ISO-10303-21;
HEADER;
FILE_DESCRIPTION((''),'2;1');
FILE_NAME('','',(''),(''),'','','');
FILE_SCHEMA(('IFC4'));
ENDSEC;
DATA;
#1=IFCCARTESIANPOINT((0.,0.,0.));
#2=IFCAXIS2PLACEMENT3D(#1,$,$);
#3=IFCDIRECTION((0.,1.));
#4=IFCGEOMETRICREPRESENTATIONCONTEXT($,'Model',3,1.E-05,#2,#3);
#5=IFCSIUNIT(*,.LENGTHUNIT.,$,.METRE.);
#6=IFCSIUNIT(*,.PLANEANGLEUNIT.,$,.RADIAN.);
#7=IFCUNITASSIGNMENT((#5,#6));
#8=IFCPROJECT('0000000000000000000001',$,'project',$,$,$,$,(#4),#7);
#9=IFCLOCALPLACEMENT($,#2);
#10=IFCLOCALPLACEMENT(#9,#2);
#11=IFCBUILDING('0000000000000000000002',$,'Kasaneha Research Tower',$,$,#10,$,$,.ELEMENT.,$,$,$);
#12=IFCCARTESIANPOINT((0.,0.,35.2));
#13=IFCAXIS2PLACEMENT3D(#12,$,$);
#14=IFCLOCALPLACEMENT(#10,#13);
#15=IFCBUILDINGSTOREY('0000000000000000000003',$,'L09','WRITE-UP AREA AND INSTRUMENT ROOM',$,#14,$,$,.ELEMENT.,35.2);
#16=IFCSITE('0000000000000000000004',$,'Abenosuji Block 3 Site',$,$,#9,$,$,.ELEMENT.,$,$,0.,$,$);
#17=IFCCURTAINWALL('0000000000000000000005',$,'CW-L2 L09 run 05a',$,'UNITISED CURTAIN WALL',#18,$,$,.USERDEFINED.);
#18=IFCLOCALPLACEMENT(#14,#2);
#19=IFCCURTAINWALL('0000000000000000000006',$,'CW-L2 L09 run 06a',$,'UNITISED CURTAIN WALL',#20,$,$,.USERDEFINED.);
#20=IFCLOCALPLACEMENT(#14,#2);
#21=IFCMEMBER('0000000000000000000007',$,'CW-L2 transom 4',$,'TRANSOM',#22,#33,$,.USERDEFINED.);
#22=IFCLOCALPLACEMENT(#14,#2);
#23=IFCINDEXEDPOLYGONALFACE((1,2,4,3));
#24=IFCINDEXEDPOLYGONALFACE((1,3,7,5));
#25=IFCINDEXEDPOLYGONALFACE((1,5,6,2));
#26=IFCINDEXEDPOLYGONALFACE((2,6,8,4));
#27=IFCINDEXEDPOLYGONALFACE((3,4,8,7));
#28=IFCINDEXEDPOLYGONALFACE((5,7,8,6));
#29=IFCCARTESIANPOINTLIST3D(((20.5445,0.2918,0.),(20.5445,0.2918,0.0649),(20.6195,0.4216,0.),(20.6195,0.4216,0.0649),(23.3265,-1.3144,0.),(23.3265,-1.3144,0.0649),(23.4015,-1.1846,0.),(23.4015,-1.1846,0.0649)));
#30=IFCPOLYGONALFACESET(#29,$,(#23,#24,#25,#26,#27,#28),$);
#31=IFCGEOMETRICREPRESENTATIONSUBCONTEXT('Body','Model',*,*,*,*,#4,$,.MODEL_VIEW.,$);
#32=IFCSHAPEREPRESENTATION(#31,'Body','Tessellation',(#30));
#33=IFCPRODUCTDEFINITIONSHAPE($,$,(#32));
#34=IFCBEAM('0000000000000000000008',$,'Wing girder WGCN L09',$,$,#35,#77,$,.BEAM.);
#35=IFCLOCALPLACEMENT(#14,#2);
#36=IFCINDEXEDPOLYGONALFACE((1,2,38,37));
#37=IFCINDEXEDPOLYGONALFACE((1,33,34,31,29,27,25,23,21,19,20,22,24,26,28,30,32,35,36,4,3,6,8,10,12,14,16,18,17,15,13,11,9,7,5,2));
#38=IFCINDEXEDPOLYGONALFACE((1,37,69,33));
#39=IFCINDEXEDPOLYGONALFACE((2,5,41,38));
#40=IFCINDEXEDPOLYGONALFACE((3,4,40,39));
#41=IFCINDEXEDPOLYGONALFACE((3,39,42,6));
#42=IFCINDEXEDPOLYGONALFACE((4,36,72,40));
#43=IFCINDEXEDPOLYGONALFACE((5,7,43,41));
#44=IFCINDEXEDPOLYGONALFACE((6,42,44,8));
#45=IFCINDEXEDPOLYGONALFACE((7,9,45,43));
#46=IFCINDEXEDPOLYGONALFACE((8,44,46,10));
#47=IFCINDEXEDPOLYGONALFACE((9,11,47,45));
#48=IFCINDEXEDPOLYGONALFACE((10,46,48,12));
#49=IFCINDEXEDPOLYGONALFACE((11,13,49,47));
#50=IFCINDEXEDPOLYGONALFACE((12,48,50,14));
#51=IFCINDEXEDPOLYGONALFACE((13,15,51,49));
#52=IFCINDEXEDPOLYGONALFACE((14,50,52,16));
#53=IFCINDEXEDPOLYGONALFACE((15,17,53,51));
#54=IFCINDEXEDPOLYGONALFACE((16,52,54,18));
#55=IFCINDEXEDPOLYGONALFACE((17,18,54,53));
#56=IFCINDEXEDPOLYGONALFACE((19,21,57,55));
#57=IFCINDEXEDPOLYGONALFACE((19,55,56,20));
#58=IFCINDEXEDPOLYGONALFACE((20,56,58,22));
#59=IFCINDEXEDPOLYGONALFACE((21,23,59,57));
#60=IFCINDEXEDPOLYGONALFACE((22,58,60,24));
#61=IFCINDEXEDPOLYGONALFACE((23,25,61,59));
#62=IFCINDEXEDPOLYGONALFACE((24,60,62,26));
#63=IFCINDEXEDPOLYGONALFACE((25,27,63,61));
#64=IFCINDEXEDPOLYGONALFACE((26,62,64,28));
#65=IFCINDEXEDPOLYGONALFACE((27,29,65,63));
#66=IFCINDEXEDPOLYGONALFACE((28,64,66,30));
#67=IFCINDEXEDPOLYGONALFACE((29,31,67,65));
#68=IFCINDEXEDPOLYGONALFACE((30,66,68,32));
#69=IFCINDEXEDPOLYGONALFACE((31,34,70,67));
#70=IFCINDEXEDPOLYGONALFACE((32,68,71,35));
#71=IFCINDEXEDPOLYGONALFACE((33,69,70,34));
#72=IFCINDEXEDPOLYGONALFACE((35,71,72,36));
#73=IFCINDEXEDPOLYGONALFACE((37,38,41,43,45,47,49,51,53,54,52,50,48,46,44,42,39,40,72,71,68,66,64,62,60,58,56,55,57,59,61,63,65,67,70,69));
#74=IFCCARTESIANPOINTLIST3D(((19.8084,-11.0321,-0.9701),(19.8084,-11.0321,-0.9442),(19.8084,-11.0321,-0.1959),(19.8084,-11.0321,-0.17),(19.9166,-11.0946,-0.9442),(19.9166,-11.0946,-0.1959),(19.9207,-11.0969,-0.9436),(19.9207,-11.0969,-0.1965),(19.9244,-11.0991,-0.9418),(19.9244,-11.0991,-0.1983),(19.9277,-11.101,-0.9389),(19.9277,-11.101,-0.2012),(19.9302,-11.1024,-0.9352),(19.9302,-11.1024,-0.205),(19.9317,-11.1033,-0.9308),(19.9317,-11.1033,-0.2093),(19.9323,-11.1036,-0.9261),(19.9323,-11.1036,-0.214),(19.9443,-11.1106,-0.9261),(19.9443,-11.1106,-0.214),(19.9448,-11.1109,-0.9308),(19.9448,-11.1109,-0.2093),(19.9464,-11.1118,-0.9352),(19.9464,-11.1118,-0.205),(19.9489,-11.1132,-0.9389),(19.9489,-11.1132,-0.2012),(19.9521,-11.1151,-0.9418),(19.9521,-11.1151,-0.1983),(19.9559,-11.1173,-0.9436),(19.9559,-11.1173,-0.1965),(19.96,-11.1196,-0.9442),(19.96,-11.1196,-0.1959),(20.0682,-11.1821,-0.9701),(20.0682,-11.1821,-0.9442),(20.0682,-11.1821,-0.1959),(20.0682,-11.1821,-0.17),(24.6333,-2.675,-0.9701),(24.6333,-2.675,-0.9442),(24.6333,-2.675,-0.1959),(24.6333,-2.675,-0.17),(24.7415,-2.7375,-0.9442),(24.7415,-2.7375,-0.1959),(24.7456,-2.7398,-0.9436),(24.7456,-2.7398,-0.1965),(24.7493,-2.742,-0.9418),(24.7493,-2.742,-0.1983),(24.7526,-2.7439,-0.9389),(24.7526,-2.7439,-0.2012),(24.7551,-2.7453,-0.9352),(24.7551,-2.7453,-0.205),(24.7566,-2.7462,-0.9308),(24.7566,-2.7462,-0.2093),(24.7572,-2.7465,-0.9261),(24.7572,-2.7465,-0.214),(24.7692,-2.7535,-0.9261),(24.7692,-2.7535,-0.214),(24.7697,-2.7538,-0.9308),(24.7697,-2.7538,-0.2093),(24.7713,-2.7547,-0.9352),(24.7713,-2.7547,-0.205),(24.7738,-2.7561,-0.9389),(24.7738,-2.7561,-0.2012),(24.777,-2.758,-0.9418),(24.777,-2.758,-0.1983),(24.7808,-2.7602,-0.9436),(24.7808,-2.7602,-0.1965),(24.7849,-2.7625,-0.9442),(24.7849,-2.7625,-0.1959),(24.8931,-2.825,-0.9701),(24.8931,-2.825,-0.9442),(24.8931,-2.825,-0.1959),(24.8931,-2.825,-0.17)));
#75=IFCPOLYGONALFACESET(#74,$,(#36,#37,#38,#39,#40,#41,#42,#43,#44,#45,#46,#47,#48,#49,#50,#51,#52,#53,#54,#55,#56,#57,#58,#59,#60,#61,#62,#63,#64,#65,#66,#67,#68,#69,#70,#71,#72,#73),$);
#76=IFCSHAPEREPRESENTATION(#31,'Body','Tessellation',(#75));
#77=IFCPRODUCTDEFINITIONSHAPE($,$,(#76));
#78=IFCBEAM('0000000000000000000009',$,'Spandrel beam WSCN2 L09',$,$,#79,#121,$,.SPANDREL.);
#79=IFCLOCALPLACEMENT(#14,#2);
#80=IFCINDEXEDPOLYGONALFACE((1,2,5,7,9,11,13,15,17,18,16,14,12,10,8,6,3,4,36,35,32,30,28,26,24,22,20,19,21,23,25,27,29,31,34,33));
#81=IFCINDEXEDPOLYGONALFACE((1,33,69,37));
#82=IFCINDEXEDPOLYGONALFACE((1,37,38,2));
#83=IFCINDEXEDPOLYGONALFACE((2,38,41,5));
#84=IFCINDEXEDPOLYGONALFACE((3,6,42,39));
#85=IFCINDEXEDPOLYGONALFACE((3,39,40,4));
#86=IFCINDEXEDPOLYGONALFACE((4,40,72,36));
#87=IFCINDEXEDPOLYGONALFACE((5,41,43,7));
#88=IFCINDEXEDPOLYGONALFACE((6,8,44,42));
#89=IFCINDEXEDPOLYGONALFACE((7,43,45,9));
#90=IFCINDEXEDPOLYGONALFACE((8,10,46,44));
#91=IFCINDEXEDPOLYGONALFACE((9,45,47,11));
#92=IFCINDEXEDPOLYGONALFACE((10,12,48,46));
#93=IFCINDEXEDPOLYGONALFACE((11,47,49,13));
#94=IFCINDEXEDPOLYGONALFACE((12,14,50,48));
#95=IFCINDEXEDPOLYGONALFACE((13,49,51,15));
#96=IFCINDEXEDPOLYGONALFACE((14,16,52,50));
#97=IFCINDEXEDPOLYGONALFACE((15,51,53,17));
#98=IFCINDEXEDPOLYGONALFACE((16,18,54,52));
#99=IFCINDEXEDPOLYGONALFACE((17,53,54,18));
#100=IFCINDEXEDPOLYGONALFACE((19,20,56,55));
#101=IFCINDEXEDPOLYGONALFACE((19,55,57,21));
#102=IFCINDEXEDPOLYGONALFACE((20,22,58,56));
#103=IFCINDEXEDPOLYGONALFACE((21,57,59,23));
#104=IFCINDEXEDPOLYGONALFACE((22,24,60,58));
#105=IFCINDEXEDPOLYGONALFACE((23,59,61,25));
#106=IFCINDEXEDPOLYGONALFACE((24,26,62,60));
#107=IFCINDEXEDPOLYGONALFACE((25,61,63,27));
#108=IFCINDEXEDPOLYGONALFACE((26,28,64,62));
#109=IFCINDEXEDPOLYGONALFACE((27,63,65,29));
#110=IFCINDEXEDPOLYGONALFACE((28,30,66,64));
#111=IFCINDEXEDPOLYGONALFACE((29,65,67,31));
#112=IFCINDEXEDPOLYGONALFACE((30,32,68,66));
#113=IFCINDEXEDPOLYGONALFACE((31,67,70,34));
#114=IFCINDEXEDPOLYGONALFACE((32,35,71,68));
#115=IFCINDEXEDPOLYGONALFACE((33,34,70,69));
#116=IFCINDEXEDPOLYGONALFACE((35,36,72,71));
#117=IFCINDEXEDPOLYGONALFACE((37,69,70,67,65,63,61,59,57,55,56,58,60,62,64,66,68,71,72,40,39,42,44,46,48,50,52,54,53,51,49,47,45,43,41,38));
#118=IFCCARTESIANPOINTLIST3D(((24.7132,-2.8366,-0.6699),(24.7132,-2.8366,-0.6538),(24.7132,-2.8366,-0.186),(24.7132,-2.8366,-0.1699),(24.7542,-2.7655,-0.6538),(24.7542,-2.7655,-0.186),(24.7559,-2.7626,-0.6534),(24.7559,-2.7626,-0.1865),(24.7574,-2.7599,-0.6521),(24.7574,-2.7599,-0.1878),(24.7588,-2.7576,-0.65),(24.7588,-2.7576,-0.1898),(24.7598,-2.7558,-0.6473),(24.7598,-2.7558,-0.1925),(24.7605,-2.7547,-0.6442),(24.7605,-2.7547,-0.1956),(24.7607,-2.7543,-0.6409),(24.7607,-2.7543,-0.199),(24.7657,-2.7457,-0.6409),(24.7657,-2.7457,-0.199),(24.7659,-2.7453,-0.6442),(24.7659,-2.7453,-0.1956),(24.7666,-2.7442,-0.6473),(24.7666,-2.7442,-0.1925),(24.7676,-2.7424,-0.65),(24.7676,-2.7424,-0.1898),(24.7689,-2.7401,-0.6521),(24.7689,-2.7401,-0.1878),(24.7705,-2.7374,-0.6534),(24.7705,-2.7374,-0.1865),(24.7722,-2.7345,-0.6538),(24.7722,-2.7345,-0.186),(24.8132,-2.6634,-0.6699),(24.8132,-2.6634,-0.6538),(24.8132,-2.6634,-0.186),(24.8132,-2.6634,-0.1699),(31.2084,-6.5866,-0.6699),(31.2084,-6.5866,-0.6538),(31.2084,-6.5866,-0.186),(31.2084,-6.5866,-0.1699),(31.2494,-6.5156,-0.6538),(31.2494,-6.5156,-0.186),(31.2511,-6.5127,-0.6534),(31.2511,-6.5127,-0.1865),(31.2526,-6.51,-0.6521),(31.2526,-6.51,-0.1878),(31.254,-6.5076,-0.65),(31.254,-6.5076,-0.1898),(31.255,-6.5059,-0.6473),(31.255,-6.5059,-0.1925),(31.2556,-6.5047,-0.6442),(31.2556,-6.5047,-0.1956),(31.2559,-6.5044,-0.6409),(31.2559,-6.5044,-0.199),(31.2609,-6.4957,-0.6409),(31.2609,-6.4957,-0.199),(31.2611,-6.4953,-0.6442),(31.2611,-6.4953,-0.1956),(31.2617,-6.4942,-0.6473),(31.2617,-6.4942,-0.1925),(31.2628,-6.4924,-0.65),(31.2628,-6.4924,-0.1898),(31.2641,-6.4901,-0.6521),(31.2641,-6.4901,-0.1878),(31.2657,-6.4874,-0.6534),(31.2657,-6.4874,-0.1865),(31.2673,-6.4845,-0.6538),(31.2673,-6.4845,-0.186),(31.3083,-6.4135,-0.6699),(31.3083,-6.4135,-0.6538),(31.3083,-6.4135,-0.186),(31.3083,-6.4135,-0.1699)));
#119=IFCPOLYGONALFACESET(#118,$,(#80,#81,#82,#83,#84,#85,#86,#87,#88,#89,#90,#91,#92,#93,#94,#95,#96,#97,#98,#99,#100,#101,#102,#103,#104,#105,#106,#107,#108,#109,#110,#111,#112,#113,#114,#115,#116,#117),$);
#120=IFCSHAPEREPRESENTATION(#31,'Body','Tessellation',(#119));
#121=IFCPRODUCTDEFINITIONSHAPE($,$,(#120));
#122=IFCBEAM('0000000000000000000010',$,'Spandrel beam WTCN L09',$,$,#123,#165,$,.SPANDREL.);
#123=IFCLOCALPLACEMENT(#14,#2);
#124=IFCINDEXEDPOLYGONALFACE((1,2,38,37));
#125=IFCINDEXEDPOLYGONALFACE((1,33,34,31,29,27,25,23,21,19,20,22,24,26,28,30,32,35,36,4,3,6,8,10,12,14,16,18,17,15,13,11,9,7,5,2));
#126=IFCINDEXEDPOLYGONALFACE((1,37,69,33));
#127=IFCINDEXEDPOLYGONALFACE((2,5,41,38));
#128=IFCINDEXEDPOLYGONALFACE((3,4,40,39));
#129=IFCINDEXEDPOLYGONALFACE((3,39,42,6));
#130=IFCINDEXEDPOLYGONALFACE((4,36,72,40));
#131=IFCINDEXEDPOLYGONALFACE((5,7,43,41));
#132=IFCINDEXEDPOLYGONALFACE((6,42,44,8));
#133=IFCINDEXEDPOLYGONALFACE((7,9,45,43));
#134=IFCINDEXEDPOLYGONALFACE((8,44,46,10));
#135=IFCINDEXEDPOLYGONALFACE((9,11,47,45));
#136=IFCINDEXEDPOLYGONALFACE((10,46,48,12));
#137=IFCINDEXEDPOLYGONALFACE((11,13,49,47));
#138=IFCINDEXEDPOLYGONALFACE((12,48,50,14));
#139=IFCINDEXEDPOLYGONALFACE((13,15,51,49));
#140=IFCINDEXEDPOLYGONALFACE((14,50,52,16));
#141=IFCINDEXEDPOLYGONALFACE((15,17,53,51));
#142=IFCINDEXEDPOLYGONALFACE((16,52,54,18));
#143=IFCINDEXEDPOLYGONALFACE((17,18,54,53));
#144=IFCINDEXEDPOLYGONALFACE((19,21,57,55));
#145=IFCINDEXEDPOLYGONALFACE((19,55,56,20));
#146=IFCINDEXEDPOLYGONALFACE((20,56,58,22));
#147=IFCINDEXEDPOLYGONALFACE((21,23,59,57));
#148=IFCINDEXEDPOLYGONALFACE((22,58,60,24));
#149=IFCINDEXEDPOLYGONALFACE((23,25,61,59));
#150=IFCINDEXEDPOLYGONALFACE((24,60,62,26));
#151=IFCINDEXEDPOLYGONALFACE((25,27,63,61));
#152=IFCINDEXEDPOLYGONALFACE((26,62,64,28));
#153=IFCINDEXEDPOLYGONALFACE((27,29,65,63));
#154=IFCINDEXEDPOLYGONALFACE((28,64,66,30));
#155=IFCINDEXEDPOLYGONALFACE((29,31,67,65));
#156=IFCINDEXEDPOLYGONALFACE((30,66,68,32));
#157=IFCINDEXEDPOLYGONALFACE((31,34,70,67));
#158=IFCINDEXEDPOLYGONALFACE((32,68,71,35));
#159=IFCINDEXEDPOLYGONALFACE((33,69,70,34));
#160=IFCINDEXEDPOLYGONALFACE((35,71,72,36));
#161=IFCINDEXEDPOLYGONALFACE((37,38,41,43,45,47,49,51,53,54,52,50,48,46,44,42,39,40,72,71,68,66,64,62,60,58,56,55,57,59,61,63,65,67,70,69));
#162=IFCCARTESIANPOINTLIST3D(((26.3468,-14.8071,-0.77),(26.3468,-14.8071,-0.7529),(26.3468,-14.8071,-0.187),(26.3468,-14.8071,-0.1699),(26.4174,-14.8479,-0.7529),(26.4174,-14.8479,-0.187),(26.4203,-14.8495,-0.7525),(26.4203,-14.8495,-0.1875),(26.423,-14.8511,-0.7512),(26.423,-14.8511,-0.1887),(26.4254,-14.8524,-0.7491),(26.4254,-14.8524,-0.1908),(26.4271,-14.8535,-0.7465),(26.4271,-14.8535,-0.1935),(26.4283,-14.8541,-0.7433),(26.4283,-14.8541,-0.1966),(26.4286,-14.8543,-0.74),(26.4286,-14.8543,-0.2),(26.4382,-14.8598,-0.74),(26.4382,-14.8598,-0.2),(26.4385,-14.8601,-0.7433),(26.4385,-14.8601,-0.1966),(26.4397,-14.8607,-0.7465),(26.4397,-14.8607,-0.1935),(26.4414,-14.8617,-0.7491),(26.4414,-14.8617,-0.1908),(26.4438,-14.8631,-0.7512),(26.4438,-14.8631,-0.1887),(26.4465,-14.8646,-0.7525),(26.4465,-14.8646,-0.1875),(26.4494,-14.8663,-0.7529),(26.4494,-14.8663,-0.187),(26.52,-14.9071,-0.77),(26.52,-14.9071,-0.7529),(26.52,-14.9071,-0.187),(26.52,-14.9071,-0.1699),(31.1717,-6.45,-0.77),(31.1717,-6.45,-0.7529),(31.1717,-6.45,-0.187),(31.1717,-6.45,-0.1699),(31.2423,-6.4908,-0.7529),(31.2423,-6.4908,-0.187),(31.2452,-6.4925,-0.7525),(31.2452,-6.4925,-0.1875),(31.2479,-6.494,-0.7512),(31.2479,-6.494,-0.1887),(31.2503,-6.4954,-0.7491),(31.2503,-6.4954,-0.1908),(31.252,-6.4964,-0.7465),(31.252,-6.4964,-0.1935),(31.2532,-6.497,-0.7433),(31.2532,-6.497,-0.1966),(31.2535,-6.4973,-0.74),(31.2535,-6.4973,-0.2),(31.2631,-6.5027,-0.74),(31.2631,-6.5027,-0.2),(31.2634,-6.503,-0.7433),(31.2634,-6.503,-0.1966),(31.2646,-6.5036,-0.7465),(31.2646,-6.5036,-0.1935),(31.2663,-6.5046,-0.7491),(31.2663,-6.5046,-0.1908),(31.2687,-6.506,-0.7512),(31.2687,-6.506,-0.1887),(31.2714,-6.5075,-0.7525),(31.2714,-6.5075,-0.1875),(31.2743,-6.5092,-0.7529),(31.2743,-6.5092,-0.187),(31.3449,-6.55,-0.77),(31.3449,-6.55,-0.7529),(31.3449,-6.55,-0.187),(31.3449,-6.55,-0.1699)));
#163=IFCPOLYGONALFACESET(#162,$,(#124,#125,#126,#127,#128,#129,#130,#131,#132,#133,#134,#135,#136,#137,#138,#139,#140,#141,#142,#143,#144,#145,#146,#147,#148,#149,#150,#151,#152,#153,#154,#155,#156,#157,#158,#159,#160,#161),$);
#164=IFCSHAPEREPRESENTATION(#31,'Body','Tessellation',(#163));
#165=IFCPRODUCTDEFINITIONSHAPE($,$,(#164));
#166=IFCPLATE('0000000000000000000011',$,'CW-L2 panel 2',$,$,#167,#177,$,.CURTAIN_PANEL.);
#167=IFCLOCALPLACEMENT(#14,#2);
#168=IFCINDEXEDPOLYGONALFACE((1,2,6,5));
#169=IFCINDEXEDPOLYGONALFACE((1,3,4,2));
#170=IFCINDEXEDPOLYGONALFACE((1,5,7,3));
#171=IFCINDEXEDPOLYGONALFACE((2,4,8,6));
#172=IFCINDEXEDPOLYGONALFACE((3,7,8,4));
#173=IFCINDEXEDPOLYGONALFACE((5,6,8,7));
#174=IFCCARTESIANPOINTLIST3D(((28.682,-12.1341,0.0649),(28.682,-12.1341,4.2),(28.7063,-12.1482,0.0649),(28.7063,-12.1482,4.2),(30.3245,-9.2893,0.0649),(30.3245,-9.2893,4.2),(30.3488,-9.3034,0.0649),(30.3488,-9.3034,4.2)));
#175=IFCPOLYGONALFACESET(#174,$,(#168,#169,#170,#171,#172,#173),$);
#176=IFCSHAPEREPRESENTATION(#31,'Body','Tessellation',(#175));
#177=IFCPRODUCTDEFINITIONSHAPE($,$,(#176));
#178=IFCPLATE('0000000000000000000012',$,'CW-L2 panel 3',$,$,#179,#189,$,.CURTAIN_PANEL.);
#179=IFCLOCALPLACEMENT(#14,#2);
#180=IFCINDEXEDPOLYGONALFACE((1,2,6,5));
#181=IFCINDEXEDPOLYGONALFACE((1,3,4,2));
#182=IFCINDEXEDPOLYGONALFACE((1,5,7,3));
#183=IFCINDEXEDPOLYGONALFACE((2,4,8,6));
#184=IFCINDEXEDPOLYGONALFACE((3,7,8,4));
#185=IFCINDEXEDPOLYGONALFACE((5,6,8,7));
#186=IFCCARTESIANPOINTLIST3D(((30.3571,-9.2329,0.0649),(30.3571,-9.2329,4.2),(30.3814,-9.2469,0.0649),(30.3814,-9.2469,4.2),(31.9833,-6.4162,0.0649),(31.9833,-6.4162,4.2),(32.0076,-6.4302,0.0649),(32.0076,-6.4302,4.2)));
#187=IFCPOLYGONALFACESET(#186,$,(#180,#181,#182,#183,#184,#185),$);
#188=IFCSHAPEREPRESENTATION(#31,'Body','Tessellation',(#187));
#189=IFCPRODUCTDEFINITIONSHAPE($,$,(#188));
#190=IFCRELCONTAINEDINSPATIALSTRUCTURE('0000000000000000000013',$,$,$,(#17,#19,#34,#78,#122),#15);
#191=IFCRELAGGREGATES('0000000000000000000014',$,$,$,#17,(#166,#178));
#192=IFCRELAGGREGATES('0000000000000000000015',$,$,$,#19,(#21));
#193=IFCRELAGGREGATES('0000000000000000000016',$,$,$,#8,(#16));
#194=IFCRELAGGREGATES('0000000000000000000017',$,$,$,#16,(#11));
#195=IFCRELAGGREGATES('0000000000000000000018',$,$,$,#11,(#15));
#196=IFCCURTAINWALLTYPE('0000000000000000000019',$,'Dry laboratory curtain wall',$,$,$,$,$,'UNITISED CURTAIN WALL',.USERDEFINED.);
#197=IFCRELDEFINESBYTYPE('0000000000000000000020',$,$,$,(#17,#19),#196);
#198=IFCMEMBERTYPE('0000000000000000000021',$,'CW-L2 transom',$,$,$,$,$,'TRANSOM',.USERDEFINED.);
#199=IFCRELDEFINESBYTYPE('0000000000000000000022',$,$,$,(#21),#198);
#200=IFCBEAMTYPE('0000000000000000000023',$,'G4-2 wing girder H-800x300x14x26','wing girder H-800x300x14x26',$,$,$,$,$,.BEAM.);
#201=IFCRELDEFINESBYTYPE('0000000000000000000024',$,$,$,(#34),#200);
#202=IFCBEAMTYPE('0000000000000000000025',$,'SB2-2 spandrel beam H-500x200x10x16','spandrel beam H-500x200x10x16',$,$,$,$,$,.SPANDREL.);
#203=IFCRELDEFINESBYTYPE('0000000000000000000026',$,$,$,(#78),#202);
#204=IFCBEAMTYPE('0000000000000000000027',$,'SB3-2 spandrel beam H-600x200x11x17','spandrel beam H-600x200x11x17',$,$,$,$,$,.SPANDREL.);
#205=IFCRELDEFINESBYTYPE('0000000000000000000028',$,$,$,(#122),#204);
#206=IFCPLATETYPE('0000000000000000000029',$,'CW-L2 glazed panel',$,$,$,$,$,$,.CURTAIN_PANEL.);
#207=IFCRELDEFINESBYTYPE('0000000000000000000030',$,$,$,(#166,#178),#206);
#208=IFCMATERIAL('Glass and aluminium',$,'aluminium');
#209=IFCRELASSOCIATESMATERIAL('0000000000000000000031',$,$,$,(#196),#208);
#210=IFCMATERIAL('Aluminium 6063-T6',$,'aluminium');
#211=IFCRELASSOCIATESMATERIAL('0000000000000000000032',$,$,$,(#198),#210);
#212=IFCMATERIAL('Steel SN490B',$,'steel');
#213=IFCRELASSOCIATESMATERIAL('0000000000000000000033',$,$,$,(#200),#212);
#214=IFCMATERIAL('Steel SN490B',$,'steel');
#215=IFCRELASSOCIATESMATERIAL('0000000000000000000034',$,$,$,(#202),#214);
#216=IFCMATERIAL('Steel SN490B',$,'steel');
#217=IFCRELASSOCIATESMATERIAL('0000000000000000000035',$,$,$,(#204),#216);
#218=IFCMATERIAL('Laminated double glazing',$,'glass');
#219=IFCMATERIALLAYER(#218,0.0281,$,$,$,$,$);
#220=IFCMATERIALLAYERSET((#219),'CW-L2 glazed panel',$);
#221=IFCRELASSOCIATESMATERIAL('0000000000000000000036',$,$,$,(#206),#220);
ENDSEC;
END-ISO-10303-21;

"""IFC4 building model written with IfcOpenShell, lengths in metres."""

from ifc_helpers import new_model, si_unit, direction, frame, origin, origin_2d, place, context, subcontext, project, spatial, rectangle, i_section, extrude, material, layer, layer_set, material_profile, profile_set, type_object, element, aggregate, save


model = new_model("IFC4")

# Units and contexts
model_context = context("Model", 3, precision=1e-05, world=origin(), true_north=direction((0.0, 1.0)))
body_context = subcontext(model_context, "Body", "Model", "MODEL_VIEW")
ifc_project = project(units=[si_unit("LENGTHUNIT", "METRE"), si_unit("PLANEANGLEUNIT", "RADIAN")], contexts=[model_context])

# Site, building, storey
site_placement = place(None, origin())
site = spatial("IfcSite", under=ifc_project, at=site_placement, Name="Abenosuji Block 3 Site", CompositionType="ELEMENT", RefElevation=0.0)
building_placement = place(site_placement, origin())
building = spatial("IfcBuilding", under=site, at=building_placement, Name="Kasaneha Research Tower", CompositionType="ELEMENT")
storey_placement = place(building_placement, frame((0.0, 0.0, 35.2)))
storey = spatial("IfcBuildingStorey", under=building, at=storey_placement, Name="L09", Description="WRITE-UP AREA AND INSTRUMENT ROOM", CompositionType="ELEMENT", Elevation=35.2)

# Curtain walls
ifc_material_1 = material(Name="Glass and aluminium", Category="aluminium")
curtain_wall_type = type_object("IfcCurtainWallType", Name="Dry laboratory curtain wall", ElementType="UNITISED CURTAIN WALL", PredefinedType="USERDEFINED", material=ifc_material_1)
curtain_wall_1_placement = place(storey_placement, origin())
curtain_wall_1 = element("IfcCurtainWall", 1, at=curtain_wall_1_placement, inside=storey, type_object=curtain_wall_type, Name="CW-L2 L09 run 05a", ObjectType="UNITISED CURTAIN WALL", PredefinedType="USERDEFINED")
curtain_wall_2_placement = place(storey_placement, origin())
curtain_wall_2 = element("IfcCurtainWall", 2, at=curtain_wall_2_placement, inside=storey, type_object=curtain_wall_type, Name="CW-L2 L09 run 06a", ObjectType="UNITISED CURTAIN WALL", PredefinedType="USERDEFINED")

# Member
ifc_material_2 = material(Name="Aluminium 6063-T6", Category="aluminium")
ifc_material_profile_1 = material_profile(ifc_material_2, rectangle(XDim=0.1499, YDim=0.0649, at=origin_2d()), Name="CW-L2 transom 150x65")
ifc_profile_set_1 = profile_set([ifc_material_profile_1], Name="Aluminium 6063-T6")
member_type_1 = type_object("IfcMemberType", Name="CW-L2 transom", ElementType="TRANSOM", PredefinedType="USERDEFINED", material=ifc_profile_set_1)
member_1_placement = place(storey_placement, frame((23.364, -1.2495, 0.0325), z_axis=(-0.866022, 0.500005, 0.0), x_axis=(-0.500005, -0.866022, 0.0)))
member_1 = element("IfcMember", 3, at=member_1_placement, type_object=member_type_1, Name="CW-L2 transom 4", ObjectType="TRANSOM", PredefinedType="USERDEFINED", context=body_context, shape_type="SweptSolid", body=[
    extrude(rectangle(XDim=0.1499, YDim=0.0649, at=origin_2d()), origin(), (0.0, 0.0, 1.0), 3.2124),
])

# Beams
ifc_material_3 = material(Name="Steel SN490B", Category="steel")
ifc_material_profile_2 = material_profile(ifc_material_3, i_section(OverallWidth=0.3, OverallDepth=0.8, WebThickness=0.0139, FlangeThickness=0.0259, FilletRadius=0.0181, at=origin_2d()), Name="H-800x300x14x26")
ifc_profile_set_2 = profile_set([ifc_material_profile_2], Name="Steel SN490B")
beam_type_1 = type_object("IfcBeamType", Name="G4-2 wing girder H-800x300x14x26", Description="wing girder H-800x300x14x26", PredefinedType="BEAM", material=ifc_profile_set_2)
beam_1_placement = place(storey_placement, frame((24.7632, -2.75, -0.5701), z_axis=(-0.499995, -0.866028, 0.0), x_axis=(0.866028, -0.499995, 0.0)))
element("IfcBeam", 4, at=beam_1_placement, inside=storey, type_object=beam_type_1, Name="Wing girder WGCN L09", PredefinedType="BEAM", context=body_context, shape_type="SweptSolid", body=[
    extrude(i_section(OverallWidth=0.3, OverallDepth=0.8, WebThickness=0.0139, FlangeThickness=0.0259, FilletRadius=0.0181, at=origin_2d()), origin(), (0.0, 0.0, 1.0), 9.6499),
])
ifc_material_4 = material(Name="Steel SN490B", Category="steel")
ifc_material_profile_3 = material_profile(ifc_material_4, i_section(OverallWidth=0.2, OverallDepth=0.5, WebThickness=0.01, FlangeThickness=0.0161, FilletRadius=0.0129, at=origin_2d()), Name="H-500x200x10x16")
ifc_profile_set_3 = profile_set([ifc_material_profile_3], Name="Steel SN490B")
beam_type_2 = type_object("IfcBeamType", Name="SB2-2 spandrel beam H-500x200x10x16", Description="spandrel beam H-500x200x10x16", PredefinedType="SPANDREL", material=ifc_profile_set_3)
beam_2_placement = place(storey_placement, frame((24.7632, -2.75, -0.4199), z_axis=(0.866023, -0.500004, 0.0), x_axis=(0.500004, 0.866023, 0.0)))
element("IfcBeam", 5, at=beam_2_placement, inside=storey, type_object=beam_type_2, Name="Spandrel beam WSCN2 L09", PredefinedType="SPANDREL", context=body_context, shape_type="SweptSolid", body=[
    extrude(i_section(OverallWidth=0.2, OverallDepth=0.5, WebThickness=0.01, FlangeThickness=0.0161, FilletRadius=0.0129, at=origin_2d()), origin(), (0.0, 0.0, 1.0), 7.5),
])
ifc_material_5 = material(Name="Steel SN490B", Category="steel")
ifc_material_profile_4 = material_profile(ifc_material_5, i_section(OverallWidth=0.2, OverallDepth=0.6001, WebThickness=0.011, FlangeThickness=0.0171, FilletRadius=0.0129, at=origin_2d()), Name="H-600x200x11x17")
ifc_profile_set_4 = profile_set([ifc_material_profile_4], Name="Steel SN490B")
beam_type_3 = type_object("IfcBeamType", Name="SB3-2 spandrel beam H-600x200x11x17", Description="spandrel beam H-600x200x11x17", PredefinedType="SPANDREL", material=ifc_profile_set_4)
beam_3_placement = place(storey_placement, frame((31.2583, -6.5, -0.47), z_axis=(-0.499995, -0.866028, 0.0), x_axis=(0.866028, -0.499995, 0.0)))
element("IfcBeam", 6, at=beam_3_placement, inside=storey, type_object=beam_type_3, Name="Spandrel beam WTCN L09", PredefinedType="SPANDREL", context=body_context, shape_type="SweptSolid", body=[
    extrude(i_section(OverallWidth=0.2, OverallDepth=0.6001, WebThickness=0.011, FlangeThickness=0.0171, FilletRadius=0.0129, at=origin_2d()), origin(), (0.0, 0.0, 1.0), 9.6499),
])

# Plates
ifc_material_6 = material(Name="Laminated double glazing", Category="glass")
ifc_layer_1 = layer(ifc_material_6, 0.0281)
ifc_layer_set_1 = layer_set([ifc_layer_1], Name="CW-L2 glazed panel")
plate_type = type_object("IfcPlateType", Name="CW-L2 glazed panel", PredefinedType="CURTAIN_PANEL", material=ifc_layer_set_1)
plate_1_placement = place(storey_placement, frame((29.5154, -10.7188, 0.0649), z_axis=(0.0, 0.0, 1.0), x_axis=(0.5, 0.866025, 0.0)))
plate_1 = element("IfcPlate", 7, at=plate_1_placement, type_object=plate_type, Name="CW-L2 panel 2", PredefinedType="CURTAIN_PANEL", context=body_context, shape_type="SweptSolid", body=[
    extrude(rectangle(XDim=3.2849, YDim=0.0281, at=origin_2d()), origin(), (0.0, 0.0, 1.0), 4.135),
])
plate_2_placement = place(storey_placement, frame((31.1824, -7.8315, 0.0649), z_axis=(0.0, 0.0, 1.0), x_axis=(0.5, 0.866025, 0.0)))
plate_2 = element("IfcPlate", 8, at=plate_2_placement, type_object=plate_type, Name="CW-L2 panel 3", PredefinedType="CURTAIN_PANEL", context=body_context, shape_type="SweptSolid", body=[
    extrude(rectangle(XDim=3.2524, YDim=0.0281, at=origin_2d()), origin(), (0.0, 0.0, 1.0), 4.135),
])
aggregate(curtain_wall_1, [plate_1, plate_2])
aggregate(curtain_wall_2, [member_1])

save(model, "model.ifc")
